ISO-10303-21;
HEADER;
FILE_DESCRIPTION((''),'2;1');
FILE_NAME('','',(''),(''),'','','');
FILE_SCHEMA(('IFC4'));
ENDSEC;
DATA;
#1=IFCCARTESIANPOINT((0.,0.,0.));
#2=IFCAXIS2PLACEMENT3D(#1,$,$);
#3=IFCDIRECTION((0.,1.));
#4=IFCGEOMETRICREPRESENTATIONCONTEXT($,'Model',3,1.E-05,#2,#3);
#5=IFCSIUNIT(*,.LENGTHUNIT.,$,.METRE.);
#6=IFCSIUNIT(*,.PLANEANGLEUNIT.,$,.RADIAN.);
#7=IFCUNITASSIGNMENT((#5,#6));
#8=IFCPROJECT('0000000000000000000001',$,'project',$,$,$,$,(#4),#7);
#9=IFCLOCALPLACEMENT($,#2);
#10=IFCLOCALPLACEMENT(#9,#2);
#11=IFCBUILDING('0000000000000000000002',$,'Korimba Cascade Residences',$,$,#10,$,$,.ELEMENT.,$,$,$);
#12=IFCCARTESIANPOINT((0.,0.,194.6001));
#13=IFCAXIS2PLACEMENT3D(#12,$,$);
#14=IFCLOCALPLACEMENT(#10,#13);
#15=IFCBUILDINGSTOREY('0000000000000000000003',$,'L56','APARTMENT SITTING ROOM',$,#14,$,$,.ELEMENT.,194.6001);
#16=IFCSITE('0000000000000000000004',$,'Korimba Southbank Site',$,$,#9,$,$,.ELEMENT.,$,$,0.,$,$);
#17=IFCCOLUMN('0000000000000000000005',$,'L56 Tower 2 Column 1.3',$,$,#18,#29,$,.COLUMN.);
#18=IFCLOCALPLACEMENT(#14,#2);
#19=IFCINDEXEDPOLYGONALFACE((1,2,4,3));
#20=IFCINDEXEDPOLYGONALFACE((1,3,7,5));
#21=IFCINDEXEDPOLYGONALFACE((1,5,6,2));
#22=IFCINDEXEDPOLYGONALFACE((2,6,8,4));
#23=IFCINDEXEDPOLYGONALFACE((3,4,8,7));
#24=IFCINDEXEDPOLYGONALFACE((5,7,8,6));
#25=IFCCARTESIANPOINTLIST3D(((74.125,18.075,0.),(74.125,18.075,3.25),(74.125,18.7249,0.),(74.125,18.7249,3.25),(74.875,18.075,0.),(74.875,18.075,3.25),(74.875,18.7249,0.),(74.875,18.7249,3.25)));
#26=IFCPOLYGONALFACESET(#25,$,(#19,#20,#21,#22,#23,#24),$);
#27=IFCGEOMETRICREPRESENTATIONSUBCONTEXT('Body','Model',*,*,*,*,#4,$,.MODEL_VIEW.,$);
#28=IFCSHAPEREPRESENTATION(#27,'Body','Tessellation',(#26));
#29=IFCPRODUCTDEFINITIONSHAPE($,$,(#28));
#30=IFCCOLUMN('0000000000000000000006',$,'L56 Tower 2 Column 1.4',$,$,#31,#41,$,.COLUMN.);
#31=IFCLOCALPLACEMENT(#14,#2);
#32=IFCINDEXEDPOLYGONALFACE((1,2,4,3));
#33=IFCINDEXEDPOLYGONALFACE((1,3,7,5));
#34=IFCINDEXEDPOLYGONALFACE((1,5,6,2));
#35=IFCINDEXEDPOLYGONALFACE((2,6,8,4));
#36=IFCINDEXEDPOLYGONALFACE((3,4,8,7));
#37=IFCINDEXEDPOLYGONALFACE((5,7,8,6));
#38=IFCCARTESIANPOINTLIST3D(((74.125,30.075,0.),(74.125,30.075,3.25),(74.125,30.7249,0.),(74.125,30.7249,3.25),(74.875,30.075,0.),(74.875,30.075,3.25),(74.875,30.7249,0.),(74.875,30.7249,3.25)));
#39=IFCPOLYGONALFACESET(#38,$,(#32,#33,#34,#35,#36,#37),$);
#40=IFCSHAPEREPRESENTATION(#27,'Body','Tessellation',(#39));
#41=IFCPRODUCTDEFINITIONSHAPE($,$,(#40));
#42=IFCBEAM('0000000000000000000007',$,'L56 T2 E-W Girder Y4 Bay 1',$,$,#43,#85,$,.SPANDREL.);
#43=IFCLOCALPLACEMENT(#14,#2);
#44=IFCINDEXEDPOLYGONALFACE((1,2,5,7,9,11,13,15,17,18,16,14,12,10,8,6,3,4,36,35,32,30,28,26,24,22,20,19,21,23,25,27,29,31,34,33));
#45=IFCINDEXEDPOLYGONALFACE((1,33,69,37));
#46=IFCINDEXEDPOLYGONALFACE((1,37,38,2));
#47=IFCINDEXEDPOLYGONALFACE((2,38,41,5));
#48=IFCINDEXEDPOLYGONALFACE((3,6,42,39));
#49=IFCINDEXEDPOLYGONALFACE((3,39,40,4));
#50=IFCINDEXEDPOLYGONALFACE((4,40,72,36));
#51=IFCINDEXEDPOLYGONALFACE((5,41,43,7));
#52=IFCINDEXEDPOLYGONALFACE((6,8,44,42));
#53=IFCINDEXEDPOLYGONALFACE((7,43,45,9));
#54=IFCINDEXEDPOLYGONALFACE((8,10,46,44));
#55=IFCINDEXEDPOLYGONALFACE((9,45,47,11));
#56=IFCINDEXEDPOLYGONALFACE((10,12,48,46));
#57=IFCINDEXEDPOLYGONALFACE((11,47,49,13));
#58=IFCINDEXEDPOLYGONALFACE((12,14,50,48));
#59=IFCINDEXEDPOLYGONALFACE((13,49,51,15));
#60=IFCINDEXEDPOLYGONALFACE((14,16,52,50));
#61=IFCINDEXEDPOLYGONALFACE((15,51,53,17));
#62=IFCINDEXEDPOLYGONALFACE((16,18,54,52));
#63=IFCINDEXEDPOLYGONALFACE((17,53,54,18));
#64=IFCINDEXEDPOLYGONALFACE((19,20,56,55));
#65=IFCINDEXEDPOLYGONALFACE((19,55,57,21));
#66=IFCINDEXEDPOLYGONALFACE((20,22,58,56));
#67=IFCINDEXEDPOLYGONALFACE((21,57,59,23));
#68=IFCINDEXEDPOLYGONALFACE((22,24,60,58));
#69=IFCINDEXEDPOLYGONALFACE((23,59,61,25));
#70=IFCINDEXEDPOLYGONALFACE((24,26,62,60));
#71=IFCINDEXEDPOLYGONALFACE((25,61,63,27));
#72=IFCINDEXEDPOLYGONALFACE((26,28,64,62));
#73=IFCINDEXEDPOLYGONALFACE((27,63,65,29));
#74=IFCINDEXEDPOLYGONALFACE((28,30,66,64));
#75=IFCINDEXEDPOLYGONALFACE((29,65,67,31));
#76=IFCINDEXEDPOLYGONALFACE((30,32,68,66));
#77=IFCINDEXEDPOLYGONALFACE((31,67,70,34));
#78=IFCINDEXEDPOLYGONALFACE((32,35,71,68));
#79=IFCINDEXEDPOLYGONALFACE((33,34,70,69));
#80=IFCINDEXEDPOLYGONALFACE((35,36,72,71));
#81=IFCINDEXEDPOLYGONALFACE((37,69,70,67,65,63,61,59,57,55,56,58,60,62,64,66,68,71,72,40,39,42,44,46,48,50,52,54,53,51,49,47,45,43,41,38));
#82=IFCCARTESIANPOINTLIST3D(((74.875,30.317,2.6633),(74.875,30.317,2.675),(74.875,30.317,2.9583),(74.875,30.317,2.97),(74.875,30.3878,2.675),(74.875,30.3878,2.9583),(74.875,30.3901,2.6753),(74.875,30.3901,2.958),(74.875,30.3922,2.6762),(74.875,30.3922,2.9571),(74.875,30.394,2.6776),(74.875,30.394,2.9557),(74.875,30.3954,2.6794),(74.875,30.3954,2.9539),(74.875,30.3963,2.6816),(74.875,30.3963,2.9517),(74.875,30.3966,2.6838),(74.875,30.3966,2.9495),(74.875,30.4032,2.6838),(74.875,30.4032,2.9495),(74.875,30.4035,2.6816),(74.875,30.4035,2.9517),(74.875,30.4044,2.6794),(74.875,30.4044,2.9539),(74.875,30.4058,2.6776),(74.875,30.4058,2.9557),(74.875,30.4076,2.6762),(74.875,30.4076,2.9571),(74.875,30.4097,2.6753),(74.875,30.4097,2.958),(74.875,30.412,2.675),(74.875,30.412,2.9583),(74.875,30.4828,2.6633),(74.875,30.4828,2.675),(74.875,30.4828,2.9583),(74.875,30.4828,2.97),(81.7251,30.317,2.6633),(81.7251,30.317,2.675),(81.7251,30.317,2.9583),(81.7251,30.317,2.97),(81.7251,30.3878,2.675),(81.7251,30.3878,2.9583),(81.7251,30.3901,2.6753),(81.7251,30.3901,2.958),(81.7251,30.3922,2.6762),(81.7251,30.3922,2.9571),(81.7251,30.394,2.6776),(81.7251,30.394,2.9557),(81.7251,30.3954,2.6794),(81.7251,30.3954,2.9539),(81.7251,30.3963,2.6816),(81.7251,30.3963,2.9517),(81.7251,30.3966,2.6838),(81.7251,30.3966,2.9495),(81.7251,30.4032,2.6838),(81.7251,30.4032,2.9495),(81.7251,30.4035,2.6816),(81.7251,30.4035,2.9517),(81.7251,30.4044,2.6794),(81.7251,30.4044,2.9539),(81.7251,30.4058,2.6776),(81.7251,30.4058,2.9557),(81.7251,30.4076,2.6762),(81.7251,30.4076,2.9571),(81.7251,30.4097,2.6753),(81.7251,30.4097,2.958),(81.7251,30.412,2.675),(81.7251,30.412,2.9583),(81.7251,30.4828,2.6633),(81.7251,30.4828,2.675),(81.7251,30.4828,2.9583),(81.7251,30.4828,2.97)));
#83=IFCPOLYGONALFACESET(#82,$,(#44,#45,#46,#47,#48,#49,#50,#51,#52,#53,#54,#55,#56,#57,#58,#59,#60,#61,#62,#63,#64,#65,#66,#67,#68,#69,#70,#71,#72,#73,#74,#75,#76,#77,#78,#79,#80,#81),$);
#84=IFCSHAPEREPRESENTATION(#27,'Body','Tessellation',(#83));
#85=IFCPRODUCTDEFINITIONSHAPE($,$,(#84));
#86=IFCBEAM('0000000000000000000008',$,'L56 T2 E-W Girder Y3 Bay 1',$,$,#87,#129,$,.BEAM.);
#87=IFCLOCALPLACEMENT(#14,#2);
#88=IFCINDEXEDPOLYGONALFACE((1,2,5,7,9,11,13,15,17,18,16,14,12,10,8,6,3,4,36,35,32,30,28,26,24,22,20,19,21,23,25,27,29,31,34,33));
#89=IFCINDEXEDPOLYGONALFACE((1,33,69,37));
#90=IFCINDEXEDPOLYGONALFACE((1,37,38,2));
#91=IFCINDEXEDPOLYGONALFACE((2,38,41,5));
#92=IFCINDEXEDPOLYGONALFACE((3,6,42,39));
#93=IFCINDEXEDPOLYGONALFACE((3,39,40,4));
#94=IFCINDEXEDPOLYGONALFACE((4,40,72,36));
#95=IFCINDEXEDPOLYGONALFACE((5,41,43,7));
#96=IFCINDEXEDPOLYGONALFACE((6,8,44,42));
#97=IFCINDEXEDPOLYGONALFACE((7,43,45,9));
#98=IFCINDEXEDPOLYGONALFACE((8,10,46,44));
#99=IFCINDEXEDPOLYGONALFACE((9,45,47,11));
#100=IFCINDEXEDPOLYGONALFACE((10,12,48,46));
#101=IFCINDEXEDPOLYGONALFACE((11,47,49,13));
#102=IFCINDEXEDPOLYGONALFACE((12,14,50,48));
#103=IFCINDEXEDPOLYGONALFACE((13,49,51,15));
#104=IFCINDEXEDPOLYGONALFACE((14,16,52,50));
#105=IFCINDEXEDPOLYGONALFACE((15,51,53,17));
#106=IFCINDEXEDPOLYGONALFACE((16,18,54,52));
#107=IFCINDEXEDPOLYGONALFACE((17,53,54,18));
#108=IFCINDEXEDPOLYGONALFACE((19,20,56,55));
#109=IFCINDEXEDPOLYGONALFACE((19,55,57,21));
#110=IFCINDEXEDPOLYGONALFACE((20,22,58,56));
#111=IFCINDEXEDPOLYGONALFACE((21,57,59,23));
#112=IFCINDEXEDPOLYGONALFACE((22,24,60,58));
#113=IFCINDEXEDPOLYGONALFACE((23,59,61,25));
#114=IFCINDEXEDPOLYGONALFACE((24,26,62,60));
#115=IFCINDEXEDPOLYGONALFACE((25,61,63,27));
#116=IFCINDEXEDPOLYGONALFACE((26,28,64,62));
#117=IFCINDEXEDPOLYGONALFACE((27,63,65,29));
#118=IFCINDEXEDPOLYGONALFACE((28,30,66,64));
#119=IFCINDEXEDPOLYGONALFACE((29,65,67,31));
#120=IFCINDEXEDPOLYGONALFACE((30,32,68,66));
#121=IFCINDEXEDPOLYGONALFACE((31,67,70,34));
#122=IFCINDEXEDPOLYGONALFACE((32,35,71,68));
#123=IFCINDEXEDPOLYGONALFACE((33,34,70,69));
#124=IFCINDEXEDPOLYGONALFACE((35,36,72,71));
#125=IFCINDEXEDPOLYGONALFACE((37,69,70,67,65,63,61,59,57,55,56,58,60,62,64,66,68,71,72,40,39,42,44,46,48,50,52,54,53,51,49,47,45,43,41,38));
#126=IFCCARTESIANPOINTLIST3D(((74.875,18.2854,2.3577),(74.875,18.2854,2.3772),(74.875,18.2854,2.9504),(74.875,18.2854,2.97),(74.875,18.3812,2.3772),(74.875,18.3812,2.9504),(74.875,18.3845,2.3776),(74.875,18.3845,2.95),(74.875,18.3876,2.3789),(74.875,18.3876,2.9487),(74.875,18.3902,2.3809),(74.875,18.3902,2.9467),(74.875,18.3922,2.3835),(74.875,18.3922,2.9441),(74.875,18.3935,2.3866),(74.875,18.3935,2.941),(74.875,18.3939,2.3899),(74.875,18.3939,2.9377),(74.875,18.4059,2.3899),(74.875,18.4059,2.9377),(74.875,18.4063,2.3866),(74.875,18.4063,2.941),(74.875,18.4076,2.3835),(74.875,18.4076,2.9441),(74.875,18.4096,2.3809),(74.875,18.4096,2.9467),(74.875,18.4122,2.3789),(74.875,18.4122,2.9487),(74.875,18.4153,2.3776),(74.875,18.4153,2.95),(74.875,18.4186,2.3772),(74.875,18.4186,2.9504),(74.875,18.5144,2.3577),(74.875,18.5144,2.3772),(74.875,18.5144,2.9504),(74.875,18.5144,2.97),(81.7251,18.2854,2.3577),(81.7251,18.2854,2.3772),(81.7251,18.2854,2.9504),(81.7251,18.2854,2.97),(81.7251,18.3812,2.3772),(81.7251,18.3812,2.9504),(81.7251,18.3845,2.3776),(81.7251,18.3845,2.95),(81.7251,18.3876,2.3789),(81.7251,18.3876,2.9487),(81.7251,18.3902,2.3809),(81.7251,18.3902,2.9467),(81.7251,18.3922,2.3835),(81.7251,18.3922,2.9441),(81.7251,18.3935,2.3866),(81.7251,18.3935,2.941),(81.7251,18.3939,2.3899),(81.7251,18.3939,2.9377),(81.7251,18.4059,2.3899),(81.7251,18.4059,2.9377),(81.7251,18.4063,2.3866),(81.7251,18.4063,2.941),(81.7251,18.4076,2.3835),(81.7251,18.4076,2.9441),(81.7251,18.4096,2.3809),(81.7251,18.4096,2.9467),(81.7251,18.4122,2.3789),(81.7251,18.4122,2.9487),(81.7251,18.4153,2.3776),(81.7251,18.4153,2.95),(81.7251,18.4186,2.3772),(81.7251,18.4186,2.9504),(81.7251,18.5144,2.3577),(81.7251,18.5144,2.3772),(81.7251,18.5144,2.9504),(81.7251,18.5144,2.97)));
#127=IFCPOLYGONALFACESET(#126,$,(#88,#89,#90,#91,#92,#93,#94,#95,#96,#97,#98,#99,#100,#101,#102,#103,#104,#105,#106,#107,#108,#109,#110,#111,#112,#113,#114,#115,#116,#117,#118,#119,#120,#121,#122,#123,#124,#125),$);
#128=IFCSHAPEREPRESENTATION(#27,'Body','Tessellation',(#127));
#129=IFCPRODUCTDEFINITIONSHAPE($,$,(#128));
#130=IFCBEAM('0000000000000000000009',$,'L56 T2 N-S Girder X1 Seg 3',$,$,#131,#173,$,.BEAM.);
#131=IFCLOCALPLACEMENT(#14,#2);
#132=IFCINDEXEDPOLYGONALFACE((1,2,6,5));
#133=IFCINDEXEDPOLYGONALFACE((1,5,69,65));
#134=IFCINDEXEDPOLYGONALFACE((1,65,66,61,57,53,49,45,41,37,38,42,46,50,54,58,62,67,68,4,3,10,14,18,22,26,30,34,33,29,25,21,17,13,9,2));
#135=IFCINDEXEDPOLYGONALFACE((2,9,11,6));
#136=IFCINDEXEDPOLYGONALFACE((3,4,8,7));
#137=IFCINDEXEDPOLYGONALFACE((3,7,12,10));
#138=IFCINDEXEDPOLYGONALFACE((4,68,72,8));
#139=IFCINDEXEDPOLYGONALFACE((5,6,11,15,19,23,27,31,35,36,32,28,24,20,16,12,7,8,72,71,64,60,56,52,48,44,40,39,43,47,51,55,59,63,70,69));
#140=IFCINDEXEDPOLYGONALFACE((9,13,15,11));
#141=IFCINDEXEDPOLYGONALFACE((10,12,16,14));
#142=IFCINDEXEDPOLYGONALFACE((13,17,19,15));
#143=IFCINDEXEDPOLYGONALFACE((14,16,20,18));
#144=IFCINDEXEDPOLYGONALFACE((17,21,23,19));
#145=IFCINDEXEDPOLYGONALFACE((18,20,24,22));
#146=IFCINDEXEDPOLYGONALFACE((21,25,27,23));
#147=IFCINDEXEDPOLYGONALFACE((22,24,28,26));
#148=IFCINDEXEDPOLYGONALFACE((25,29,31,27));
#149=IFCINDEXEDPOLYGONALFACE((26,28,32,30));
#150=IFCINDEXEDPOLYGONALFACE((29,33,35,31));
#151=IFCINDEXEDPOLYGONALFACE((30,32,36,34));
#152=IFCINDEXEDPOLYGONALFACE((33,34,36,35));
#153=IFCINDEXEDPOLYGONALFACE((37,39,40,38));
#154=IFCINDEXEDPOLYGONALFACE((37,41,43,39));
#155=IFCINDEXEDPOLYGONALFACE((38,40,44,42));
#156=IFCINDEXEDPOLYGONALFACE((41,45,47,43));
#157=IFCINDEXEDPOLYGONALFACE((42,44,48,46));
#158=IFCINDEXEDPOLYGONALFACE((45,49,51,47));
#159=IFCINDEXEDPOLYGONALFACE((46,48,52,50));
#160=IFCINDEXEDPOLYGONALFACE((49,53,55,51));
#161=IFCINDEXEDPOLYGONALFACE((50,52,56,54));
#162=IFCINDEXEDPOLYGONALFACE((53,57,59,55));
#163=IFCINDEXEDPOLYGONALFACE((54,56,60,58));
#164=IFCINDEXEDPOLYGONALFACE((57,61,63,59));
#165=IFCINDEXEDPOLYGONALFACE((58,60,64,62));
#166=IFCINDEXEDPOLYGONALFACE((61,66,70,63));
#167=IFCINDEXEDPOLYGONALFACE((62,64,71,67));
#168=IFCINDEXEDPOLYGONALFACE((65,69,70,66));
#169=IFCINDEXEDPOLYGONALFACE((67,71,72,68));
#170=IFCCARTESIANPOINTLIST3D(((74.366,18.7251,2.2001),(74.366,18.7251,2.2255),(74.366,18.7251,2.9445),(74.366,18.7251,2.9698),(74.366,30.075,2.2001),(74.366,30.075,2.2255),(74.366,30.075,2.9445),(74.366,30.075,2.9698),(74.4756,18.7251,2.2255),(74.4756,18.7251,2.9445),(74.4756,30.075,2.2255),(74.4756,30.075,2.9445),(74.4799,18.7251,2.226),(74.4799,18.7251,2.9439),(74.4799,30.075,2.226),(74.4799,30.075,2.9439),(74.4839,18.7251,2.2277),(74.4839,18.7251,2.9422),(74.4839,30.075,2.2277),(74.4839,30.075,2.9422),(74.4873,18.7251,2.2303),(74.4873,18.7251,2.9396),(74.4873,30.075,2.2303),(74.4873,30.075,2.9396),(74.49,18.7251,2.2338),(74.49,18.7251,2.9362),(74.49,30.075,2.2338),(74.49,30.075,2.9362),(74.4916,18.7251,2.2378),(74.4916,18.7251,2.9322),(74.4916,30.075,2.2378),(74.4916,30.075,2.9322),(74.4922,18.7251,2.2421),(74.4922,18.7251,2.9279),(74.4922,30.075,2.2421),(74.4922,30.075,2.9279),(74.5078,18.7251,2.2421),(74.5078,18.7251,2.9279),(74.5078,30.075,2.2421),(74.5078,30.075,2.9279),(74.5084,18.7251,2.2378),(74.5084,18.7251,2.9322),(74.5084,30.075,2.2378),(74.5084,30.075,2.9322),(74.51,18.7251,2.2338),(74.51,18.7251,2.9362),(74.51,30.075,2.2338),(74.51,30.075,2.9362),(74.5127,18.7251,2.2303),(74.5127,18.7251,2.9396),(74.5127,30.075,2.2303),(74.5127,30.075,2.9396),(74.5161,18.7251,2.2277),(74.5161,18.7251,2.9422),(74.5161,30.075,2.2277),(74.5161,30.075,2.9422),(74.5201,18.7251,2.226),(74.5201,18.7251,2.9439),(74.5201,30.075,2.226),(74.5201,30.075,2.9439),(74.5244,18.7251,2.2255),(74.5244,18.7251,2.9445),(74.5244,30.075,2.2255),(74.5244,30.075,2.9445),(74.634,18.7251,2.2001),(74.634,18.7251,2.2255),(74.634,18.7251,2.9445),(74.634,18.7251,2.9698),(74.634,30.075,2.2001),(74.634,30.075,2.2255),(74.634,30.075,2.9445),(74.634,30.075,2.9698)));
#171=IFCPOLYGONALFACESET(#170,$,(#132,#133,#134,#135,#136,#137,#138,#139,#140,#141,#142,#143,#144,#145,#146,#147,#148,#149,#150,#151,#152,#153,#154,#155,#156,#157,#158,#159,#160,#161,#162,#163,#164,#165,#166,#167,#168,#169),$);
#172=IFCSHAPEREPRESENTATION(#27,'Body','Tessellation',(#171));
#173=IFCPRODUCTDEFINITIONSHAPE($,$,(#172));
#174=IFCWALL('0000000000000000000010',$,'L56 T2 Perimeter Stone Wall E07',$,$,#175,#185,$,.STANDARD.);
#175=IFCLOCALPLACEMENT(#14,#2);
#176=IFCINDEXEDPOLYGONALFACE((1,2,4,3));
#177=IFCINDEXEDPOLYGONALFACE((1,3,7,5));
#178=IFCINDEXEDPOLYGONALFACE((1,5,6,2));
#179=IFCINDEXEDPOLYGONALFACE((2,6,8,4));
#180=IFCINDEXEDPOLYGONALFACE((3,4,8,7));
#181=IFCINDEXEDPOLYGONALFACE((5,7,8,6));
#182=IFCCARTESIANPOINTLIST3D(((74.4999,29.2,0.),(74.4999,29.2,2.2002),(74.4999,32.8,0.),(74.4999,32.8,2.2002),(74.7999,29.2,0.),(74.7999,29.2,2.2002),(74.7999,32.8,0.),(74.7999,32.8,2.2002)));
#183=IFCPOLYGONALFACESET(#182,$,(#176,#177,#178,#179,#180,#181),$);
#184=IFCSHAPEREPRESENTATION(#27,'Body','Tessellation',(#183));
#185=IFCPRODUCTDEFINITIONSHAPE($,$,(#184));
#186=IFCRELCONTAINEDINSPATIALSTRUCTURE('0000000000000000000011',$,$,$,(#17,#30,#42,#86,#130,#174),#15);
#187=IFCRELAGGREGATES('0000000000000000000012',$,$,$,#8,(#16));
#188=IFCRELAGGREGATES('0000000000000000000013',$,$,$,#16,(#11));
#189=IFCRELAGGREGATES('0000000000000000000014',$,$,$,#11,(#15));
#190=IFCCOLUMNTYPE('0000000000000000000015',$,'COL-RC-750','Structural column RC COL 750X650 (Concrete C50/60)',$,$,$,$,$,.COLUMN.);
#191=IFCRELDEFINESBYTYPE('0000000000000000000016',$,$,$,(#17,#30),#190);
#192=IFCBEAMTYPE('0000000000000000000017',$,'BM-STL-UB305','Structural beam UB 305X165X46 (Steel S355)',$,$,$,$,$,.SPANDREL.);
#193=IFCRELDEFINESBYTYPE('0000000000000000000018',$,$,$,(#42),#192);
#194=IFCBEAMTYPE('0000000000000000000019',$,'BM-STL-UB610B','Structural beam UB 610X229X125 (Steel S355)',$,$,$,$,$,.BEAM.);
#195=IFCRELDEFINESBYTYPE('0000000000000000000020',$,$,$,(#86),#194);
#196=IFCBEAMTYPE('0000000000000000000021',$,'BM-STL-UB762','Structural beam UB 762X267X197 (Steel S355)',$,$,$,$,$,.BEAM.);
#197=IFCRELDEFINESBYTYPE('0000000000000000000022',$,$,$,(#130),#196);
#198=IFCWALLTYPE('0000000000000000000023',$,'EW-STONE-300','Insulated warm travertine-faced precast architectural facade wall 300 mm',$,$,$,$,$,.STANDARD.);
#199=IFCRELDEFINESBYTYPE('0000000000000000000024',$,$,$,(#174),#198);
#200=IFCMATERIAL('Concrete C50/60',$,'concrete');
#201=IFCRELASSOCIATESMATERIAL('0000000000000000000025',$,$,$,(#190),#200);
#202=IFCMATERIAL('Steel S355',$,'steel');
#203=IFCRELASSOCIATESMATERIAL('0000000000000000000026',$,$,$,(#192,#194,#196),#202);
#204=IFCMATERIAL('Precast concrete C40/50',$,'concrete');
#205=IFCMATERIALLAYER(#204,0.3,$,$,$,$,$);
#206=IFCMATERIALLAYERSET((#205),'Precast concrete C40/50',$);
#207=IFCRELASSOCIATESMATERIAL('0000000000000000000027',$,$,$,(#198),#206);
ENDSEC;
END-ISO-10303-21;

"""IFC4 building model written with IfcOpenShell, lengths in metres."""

from ifc_helpers import new_model, si_unit, direction, frame, frame_2d, origin, origin_2d, place, context, subcontext, project, spatial, rectangle, i_section, extrude, material, layer, layer_set, material_profile, profile_set, type_object, element, save


model = new_model("IFC4")

# Units and contexts
model_context = context("Model", 3, precision=1e-05, world=origin(), true_north=direction((0.0, 1.0)))
body_context = subcontext(model_context, "Body", "Model", "MODEL_VIEW")
ifc_project = project(units=[si_unit("LENGTHUNIT", "METRE"), si_unit("PLANEANGLEUNIT", "RADIAN")], contexts=[model_context])

# Site, building, storey
site_placement = place(None, origin())
site = spatial("IfcSite", under=ifc_project, at=site_placement, Name="Korimba Southbank Site", CompositionType="ELEMENT", RefElevation=0.0)
building_placement = place(site_placement, origin())
building = spatial("IfcBuilding", under=site, at=building_placement, Name="Korimba Cascade Residences", CompositionType="ELEMENT")
storey_placement = place(building_placement, frame((0.0, 0.0, 194.6001)))
storey = spatial("IfcBuildingStorey", under=building, at=storey_placement, Name="L56", Description="APARTMENT SITTING ROOM", CompositionType="ELEMENT", Elevation=194.6001)

# Columns
ifc_material_1 = material(Name="Concrete C50/60", Category="concrete")
ifc_material_profile_1 = material_profile(ifc_material_1, rectangle(XDim=0.75, YDim=0.6499, at=origin_2d()), Name="Concrete C50/60")
ifc_profile_set_1 = profile_set([ifc_material_profile_1], Name="Concrete C50/60")
column_type = type_object("IfcColumnType", Name="COL-RC-750", Description="Structural column RC COL 750X650 (Concrete C50/60)", PredefinedType="COLUMN", material=ifc_profile_set_1)
for number, where, z_axis, x_axis, name in (
    (1, (74.5, 18.3999, 0.0), (0.0, 0.0, 1.0), (1.0, 0.0, 0.0), "L56 Tower 2 Column 1.3"),
    (2, (74.5, 30.3999, 0.0), (0.0, 0.0, 1.0), (1.0, 0.0, 0.0), "L56 Tower 2 Column 1.4"),
):
    element("IfcColumn", number, at=place(storey_placement, frame(where, z_axis=z_axis, x_axis=x_axis)), inside=storey, type_object=column_type, Name=name, PredefinedType="COLUMN", context=body_context, shape_type="SweptSolid", body=[
        extrude(rectangle(XDim=0.75, YDim=0.6499, at=origin_2d()), origin(), (0.0, 0.0, 1.0), 3.25),
    ])

# Beams
ifc_material_2 = material(Name="Steel S355", Category="steel")
ifc_material_profile_2 = material_profile(ifc_material_2, i_section(OverallWidth=0.1658, OverallDepth=0.3066, WebThickness=0.0066, FlangeThickness=0.0117, FilletRadius=0.0088, at=origin_2d()), Name="Steel S355")
ifc_profile_set_2 = profile_set([ifc_material_profile_2], Name="Steel S355")
beam_type_1 = type_object("IfcBeamType", Name="BM-STL-UB305", Description="Structural beam UB 305X165X46 (Steel S355)", PredefinedType="SPANDREL", material=ifc_profile_set_2)
beam_1_placement = place(storey_placement, frame((74.875, 30.3999, 2.8167), z_axis=(1.0, 0.0, 0.0), x_axis=(0.0, 1.0, 0.0)))
element("IfcBeam", 3, at=beam_1_placement, inside=storey, type_object=beam_type_1, Name="L56 T2 E-W Girder Y4 Bay 1", PredefinedType="SPANDREL", context=body_context, shape_type="SweptSolid", body=[
    extrude(i_section(OverallWidth=0.1658, OverallDepth=0.3066, WebThickness=0.0066, FlangeThickness=0.0117, FilletRadius=0.0088, at=origin_2d()), origin(), (0.0, 0.0, 1.0), 6.8501),
])
ifc_material_profile_3 = material_profile(ifc_material_2, i_section(OverallWidth=0.229, OverallDepth=0.6123, WebThickness=0.012, FlangeThickness=0.0195, FilletRadius=0.0127, at=origin_2d()), Name="Steel S355")
ifc_profile_set_3 = profile_set([ifc_material_profile_3], Name="Steel S355")
beam_type_2 = type_object("IfcBeamType", Name="BM-STL-UB610B", Description="Structural beam UB 610X229X125 (Steel S355)", PredefinedType="BEAM", material=ifc_profile_set_3)
beam_2_placement = place(storey_placement, frame((74.875, 18.3999, 2.6638), z_axis=(1.0, 0.0, 0.0), x_axis=(0.0, 1.0, 0.0)))
element("IfcBeam", 4, at=beam_2_placement, inside=storey, type_object=beam_type_2, Name="L56 T2 E-W Girder Y3 Bay 1", PredefinedType="BEAM", context=body_context, shape_type="SweptSolid", body=[
    extrude(i_section(OverallWidth=0.229, OverallDepth=0.6123, WebThickness=0.012, FlangeThickness=0.0195, FilletRadius=0.0127, at=origin_2d()), origin(), (0.0, 0.0, 1.0), 6.8501),
])
ifc_material_profile_4 = material_profile(ifc_material_2, i_section(OverallWidth=0.2681, OverallDepth=0.7698, WebThickness=0.0156, FlangeThickness=0.0254, FilletRadius=0.0166, at=origin_2d()), Name="Steel S355")
ifc_profile_set_4 = profile_set([ifc_material_profile_4], Name="Steel S355")
beam_type_3 = type_object("IfcBeamType", Name="BM-STL-UB762", Description="Structural beam UB 762X267X197 (Steel S355)", PredefinedType="BEAM", material=ifc_profile_set_4)
beam_3_placement = place(storey_placement, frame((74.5, 18.7251, 2.585), z_axis=(0.0, 1.0, 0.0), x_axis=(-1.0, 0.0, 0.0)))
element("IfcBeam", 5, at=beam_3_placement, inside=storey, type_object=beam_type_3, Name="L56 T2 N-S Girder X1 Seg 3", PredefinedType="BEAM", context=body_context, shape_type="SweptSolid", body=[
    extrude(i_section(OverallWidth=0.2681, OverallDepth=0.7698, WebThickness=0.0156, FlangeThickness=0.0254, FilletRadius=0.0166, at=origin_2d()), origin(), (0.0, 0.0, 1.0), 11.3499),
])

# Wall
ifc_material_3 = material(Name="Precast concrete C40/50", Category="concrete")
ifc_layer_1 = layer(ifc_material_3, 0.3)
ifc_layer_set_1 = layer_set([ifc_layer_1], Name="Precast concrete C40/50")
wall_type_1 = type_object("IfcWallType", Name="EW-STONE-300", Description="Insulated warm travertine-faced precast architectural facade wall 300 mm", PredefinedType="STANDARD", material=ifc_layer_set_1)
wall_1_placement = place(storey_placement, frame((74.6499, 32.8, 0.0), z_axis=(0.0, 0.0, 1.0), x_axis=(0.0, -1.0, 0.0)))
element("IfcWall", 6, at=wall_1_placement, inside=storey, type_object=wall_type_1, Name="L56 T2 Perimeter Stone Wall E07", PredefinedType="STANDARD", context=body_context, shape_type="SweptSolid", body=[
    extrude(rectangle(XDim=3.6001, YDim=0.3, at=frame_2d((1.8, 0.0))), origin(), (0.0, 0.0, 1.0), 2.2002),
])

save(model, "model.ifc")
